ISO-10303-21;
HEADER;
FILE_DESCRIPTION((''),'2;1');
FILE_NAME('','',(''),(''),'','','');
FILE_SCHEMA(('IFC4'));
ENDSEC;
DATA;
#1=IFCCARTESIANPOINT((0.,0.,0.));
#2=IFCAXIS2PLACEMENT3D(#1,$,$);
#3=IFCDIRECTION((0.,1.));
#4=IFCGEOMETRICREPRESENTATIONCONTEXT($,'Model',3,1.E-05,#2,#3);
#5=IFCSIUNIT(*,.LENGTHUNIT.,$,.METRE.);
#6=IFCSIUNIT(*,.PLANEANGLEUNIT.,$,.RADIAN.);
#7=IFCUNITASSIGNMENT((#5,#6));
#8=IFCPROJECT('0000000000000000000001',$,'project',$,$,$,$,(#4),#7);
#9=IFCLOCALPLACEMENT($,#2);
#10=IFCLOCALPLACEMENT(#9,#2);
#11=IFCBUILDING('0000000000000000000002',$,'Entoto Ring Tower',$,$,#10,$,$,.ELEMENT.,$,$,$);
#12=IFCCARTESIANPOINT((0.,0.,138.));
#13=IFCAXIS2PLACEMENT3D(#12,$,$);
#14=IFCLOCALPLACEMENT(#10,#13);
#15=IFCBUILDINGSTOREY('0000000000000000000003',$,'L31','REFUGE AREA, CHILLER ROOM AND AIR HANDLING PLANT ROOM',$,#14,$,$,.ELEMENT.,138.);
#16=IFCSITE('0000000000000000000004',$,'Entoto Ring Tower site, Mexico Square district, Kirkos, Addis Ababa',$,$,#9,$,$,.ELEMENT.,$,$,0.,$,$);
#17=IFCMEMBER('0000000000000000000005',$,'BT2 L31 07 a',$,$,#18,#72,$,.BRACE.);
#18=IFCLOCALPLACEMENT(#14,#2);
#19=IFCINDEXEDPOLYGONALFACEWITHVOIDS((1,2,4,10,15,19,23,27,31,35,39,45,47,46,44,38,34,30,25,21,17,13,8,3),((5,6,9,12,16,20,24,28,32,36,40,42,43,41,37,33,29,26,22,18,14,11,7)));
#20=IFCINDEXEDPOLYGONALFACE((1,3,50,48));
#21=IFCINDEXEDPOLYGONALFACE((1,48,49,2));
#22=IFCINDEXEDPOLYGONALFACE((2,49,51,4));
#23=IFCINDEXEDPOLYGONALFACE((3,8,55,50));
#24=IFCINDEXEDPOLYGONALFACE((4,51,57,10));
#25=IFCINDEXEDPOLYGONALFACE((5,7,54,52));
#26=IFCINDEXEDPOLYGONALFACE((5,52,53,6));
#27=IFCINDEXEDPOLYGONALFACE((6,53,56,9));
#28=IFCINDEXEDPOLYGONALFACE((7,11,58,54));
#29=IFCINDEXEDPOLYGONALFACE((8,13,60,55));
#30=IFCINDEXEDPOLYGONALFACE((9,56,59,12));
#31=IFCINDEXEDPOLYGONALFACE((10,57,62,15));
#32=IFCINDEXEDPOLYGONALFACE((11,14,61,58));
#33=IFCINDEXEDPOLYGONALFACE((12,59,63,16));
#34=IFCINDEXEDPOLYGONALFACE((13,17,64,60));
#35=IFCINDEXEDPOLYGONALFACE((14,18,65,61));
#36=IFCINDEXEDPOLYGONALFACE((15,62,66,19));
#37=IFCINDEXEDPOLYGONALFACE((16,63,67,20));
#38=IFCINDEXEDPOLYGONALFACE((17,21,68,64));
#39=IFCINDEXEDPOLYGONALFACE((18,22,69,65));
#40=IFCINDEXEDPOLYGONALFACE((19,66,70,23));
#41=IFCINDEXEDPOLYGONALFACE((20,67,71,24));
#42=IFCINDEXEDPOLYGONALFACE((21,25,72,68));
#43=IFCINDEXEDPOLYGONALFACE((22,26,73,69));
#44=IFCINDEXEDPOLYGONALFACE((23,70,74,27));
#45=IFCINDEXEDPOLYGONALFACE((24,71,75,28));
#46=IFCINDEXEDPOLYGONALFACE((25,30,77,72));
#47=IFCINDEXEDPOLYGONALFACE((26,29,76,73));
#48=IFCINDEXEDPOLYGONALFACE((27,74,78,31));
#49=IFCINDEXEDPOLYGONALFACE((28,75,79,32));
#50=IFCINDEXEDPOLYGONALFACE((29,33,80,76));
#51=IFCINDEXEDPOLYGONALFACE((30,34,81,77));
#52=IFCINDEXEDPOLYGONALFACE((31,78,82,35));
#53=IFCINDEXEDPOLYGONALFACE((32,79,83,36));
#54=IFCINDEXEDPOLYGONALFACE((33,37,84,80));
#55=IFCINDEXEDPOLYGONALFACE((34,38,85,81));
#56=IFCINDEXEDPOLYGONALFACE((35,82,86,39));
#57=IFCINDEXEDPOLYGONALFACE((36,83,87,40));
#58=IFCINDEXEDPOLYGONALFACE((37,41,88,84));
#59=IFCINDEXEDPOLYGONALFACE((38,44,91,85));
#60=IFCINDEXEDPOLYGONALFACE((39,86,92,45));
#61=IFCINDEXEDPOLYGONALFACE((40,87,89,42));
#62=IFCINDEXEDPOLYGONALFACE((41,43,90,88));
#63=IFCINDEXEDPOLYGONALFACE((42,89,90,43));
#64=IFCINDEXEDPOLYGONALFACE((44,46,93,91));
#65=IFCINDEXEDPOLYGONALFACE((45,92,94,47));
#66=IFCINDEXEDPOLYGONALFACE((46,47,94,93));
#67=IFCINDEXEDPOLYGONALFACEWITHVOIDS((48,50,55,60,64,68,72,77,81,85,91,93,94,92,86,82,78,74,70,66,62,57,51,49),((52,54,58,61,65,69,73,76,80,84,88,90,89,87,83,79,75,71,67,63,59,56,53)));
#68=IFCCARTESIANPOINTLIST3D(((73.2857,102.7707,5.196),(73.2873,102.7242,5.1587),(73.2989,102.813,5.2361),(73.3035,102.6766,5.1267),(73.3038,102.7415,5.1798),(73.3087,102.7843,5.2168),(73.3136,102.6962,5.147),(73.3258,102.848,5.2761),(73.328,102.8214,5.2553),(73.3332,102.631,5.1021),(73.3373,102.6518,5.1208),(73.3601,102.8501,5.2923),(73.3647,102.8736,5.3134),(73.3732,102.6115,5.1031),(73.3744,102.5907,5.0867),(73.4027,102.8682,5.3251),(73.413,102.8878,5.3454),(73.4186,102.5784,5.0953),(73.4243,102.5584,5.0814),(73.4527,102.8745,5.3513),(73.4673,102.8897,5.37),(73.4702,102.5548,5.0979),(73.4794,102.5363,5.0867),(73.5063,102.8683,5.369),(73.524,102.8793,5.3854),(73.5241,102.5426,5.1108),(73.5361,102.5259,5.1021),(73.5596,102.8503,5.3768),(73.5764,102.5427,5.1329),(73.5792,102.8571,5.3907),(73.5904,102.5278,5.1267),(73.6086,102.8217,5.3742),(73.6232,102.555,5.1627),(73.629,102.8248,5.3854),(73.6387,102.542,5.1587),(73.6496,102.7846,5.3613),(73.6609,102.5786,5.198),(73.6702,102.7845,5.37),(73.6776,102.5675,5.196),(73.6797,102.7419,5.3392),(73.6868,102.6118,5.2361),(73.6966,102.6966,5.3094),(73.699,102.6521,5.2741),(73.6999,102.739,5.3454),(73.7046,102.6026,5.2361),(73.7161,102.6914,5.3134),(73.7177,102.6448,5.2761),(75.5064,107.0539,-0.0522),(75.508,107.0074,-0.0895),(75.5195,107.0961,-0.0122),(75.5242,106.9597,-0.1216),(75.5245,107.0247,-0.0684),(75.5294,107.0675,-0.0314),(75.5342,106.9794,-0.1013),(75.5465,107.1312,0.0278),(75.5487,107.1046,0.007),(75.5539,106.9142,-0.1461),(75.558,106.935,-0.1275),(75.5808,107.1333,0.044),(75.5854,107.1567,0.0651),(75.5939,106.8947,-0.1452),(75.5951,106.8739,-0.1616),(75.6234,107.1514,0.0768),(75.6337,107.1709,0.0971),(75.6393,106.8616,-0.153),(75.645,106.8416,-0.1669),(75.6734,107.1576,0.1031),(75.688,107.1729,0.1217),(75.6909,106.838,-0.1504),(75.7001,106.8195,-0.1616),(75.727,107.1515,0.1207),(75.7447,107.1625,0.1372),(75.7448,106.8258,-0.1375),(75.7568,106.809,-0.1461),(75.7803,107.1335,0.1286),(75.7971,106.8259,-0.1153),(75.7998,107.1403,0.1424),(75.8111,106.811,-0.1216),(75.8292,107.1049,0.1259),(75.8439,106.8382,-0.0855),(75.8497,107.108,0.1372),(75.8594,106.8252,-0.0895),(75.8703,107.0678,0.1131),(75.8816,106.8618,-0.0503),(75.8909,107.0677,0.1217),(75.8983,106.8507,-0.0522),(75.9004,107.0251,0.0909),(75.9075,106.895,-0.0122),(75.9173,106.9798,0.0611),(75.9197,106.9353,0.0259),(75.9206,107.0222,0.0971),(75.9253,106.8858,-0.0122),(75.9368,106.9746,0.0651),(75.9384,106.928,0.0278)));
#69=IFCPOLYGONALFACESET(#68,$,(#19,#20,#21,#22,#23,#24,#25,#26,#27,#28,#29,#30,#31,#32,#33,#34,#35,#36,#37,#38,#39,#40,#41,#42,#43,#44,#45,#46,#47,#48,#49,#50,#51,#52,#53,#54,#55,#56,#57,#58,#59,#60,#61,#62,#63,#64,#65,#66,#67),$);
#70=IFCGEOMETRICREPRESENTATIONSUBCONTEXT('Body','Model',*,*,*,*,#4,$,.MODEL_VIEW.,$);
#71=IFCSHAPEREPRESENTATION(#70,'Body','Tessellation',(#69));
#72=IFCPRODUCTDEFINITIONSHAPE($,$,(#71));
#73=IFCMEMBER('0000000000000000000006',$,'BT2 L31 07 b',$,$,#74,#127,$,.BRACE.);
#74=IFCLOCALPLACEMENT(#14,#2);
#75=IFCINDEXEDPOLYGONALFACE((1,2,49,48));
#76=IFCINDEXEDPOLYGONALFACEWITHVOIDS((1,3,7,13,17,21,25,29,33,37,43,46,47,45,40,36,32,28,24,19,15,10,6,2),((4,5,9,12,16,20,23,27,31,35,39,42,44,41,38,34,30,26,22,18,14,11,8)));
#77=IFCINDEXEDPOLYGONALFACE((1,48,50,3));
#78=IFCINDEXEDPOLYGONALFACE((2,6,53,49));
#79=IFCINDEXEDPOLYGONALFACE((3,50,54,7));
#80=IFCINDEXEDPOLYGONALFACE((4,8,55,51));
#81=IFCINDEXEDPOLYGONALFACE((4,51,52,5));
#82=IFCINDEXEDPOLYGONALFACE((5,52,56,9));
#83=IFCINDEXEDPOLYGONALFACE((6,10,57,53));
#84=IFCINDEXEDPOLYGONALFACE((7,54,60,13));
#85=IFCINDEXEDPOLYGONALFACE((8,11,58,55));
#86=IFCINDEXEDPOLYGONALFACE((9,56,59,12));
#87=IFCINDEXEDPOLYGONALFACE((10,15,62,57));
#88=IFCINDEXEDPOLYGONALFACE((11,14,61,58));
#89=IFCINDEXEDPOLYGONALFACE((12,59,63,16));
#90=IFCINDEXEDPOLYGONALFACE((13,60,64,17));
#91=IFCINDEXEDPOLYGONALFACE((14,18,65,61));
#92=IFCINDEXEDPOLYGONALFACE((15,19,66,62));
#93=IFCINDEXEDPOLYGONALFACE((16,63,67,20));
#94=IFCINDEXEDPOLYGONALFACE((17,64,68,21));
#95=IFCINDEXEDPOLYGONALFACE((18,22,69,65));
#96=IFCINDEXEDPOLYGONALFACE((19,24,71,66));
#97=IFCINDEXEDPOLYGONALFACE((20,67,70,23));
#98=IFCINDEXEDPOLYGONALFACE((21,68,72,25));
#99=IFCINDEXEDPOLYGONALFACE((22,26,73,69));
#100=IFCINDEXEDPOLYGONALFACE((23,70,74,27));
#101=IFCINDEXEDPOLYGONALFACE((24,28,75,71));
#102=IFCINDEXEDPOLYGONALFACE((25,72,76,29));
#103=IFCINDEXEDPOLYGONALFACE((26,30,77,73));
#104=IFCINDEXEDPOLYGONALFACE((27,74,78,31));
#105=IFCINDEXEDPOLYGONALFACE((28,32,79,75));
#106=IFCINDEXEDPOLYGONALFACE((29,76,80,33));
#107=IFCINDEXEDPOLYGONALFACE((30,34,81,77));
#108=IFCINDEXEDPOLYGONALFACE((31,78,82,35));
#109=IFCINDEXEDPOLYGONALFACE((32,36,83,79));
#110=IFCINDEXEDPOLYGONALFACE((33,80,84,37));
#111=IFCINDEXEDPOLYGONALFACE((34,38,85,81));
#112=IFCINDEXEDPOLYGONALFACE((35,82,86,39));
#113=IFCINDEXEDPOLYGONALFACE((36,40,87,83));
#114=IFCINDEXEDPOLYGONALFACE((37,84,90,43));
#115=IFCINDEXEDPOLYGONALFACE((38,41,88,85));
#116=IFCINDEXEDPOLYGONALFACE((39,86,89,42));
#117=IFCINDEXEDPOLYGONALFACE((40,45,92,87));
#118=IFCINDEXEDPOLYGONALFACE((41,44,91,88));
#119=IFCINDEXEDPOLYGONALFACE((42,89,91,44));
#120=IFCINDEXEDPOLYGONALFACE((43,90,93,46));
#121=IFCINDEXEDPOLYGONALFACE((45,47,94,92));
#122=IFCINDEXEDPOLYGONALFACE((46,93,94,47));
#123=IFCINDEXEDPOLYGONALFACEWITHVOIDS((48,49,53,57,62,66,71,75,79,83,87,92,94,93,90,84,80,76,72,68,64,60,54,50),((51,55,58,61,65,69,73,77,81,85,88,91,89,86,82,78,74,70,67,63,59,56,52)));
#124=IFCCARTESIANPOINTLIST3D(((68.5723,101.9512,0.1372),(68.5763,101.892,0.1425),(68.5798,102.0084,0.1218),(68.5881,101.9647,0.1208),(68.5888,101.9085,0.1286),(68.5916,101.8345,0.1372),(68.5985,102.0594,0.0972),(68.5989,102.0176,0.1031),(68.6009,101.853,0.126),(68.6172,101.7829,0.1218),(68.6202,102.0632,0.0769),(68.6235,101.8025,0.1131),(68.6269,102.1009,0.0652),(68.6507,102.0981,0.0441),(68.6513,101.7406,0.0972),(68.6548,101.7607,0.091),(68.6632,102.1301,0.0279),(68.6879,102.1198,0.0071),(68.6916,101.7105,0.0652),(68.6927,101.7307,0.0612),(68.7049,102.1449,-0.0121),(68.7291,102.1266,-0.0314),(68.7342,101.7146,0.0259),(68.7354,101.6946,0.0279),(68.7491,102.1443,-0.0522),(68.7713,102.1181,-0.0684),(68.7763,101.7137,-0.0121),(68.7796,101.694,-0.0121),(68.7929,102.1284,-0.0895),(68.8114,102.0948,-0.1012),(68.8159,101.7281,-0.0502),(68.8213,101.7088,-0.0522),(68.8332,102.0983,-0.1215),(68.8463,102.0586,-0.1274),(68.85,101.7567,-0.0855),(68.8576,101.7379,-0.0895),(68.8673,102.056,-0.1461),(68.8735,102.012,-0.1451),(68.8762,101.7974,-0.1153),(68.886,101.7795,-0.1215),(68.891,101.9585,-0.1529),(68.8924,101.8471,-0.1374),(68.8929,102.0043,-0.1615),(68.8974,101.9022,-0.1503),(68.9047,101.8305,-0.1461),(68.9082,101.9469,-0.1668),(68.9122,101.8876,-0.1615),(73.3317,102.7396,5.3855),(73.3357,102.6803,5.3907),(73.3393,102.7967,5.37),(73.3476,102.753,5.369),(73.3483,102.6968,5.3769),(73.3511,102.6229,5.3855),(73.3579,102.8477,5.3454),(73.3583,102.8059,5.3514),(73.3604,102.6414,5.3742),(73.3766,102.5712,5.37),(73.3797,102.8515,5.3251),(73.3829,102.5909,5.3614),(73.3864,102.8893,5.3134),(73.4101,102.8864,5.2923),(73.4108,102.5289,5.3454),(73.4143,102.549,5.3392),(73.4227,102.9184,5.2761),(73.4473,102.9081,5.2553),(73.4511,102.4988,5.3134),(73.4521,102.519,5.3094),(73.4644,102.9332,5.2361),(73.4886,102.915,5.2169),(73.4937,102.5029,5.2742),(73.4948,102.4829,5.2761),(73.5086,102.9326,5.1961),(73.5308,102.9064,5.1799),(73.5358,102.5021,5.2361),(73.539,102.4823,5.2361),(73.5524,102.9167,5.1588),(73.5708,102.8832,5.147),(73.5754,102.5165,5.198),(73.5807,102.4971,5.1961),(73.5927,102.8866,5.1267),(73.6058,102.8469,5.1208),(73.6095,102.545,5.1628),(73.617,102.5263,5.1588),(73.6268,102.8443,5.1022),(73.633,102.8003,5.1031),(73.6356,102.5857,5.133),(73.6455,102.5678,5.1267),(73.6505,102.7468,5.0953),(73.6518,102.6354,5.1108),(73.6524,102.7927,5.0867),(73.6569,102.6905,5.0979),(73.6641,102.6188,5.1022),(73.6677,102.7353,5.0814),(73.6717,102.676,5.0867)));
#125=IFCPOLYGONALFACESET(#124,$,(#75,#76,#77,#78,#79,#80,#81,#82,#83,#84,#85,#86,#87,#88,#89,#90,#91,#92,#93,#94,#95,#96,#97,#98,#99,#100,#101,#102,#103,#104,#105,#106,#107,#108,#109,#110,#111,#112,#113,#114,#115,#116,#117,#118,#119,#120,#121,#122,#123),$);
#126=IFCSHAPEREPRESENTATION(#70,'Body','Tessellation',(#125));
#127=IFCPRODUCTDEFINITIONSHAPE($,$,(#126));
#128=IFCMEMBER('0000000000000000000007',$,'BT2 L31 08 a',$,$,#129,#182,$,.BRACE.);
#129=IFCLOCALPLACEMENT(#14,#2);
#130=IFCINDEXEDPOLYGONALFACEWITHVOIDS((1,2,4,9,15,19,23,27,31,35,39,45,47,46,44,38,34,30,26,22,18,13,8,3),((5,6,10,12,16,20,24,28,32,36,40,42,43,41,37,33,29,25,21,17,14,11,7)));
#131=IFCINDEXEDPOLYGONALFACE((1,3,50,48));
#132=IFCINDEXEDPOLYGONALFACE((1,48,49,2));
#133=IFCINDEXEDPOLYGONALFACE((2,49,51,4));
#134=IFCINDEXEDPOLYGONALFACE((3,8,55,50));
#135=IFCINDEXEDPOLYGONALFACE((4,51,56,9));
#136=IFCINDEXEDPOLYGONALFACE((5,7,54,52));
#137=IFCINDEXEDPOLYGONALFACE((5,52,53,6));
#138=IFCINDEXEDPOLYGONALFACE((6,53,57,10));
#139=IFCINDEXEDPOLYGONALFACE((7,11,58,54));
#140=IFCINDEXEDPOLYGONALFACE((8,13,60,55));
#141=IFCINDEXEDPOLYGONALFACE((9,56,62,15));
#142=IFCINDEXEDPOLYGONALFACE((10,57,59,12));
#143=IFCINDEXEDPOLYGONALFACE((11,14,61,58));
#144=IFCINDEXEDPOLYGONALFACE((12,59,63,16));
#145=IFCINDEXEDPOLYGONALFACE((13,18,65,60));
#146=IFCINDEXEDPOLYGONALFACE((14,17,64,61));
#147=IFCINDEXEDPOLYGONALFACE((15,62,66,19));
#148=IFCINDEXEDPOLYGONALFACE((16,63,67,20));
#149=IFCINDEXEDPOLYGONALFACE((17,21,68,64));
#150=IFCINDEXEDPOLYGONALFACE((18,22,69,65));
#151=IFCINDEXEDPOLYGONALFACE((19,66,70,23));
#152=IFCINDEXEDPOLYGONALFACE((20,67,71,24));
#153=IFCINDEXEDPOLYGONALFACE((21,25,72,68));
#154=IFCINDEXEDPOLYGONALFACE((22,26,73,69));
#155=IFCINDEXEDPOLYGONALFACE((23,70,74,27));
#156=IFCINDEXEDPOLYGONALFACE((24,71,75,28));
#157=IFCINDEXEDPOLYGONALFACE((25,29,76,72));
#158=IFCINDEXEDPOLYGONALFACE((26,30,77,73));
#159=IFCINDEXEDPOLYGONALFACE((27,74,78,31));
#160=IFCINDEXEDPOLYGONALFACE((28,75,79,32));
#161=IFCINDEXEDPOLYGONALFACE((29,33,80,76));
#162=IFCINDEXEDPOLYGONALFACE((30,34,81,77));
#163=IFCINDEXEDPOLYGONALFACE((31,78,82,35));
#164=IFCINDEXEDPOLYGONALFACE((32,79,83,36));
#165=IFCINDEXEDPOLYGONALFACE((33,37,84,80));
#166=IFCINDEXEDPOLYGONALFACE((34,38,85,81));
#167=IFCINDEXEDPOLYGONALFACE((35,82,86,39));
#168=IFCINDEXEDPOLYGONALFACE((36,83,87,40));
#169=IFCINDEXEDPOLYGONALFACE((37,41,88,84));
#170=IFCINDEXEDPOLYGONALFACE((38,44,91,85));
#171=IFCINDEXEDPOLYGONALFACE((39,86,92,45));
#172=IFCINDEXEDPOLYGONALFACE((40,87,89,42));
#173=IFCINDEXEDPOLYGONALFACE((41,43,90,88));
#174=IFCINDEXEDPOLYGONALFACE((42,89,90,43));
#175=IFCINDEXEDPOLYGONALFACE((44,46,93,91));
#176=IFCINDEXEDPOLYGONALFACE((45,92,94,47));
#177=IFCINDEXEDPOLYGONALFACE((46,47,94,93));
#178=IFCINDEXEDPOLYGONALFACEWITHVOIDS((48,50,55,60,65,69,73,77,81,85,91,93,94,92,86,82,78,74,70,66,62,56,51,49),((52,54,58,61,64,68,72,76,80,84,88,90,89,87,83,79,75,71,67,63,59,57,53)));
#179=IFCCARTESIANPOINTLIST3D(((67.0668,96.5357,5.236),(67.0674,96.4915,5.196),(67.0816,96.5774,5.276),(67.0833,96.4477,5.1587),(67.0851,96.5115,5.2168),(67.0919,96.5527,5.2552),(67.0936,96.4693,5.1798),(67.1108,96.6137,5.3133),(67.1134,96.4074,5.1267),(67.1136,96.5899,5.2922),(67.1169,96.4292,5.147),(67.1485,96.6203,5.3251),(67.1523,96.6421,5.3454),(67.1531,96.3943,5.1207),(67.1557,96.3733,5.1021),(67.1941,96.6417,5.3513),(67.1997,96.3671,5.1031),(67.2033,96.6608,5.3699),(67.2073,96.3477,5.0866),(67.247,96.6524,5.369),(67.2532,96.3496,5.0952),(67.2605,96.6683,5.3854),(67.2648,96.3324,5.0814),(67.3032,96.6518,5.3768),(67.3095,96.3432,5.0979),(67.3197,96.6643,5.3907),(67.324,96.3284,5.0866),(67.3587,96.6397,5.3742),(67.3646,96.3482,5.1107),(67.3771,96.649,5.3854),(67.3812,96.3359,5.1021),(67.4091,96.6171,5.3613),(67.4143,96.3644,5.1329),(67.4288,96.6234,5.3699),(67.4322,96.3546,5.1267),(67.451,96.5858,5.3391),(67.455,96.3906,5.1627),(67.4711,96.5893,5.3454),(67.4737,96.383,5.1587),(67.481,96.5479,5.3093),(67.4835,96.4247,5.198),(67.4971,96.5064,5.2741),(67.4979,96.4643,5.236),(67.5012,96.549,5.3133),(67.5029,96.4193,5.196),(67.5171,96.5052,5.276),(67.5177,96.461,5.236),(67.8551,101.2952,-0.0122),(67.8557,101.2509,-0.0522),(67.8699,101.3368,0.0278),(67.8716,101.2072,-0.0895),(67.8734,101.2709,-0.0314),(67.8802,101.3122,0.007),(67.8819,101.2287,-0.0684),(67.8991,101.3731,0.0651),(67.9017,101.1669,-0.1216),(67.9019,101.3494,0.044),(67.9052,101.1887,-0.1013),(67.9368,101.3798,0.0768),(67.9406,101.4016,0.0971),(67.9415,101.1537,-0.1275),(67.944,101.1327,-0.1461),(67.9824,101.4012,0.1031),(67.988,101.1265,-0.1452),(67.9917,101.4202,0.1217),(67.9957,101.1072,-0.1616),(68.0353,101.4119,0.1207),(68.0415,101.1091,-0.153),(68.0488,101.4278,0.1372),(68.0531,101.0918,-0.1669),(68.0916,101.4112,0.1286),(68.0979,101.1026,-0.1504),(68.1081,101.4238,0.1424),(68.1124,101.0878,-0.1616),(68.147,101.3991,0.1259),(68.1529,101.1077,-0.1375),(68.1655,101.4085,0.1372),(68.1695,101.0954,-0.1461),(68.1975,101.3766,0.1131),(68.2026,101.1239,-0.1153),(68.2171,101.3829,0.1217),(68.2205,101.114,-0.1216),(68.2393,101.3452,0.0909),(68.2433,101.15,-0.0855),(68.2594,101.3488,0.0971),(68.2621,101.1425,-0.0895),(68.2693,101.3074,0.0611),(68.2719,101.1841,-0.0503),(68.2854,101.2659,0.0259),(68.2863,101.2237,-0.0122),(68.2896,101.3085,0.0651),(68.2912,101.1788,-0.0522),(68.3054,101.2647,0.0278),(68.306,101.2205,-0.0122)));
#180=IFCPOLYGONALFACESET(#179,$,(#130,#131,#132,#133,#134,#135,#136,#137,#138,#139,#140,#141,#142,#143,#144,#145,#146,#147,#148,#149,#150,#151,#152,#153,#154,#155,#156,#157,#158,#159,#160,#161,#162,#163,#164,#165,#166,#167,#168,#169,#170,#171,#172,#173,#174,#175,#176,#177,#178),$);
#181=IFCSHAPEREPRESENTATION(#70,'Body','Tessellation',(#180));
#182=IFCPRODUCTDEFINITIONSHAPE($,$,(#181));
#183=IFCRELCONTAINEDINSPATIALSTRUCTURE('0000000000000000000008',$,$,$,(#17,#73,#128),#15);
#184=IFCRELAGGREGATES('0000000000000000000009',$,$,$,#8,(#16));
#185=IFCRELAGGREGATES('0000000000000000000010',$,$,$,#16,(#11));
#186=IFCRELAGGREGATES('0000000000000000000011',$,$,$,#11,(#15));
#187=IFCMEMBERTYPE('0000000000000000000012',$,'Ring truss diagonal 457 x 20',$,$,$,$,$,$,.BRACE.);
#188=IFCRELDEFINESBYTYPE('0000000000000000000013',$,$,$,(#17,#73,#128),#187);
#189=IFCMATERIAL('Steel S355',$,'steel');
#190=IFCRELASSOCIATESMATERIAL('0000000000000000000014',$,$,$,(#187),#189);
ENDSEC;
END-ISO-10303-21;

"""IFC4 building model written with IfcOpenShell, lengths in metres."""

from ifc_helpers import new_model, si_unit, direction, frame, origin, origin_2d, place, context, subcontext, project, spatial, circle, hollow_circle, extrude, material, material_profile, profile_set, type_object, element, save


model = new_model("IFC4")

# Units and contexts
model_context = context("Model", 3, precision=1e-05, world=origin(), true_north=direction((0.0, 1.0)))
body_context = subcontext(model_context, "Body", "Model", "MODEL_VIEW")
ifc_project = project(units=[si_unit("LENGTHUNIT", "METRE"), si_unit("PLANEANGLEUNIT", "RADIAN")], contexts=[model_context])

# Site, building, storey
site_placement = place(None, origin())
site = spatial("IfcSite", under=ifc_project, at=site_placement, Name="Entoto Ring Tower site, Mexico Square district, Kirkos, Addis Ababa", CompositionType="ELEMENT", RefElevation=0.0)
building_placement = place(site_placement, origin())
building = spatial("IfcBuilding", under=site, at=building_placement, Name="Entoto Ring Tower", CompositionType="ELEMENT")
storey_placement = place(building_placement, frame((0.0, 0.0, 138.0)))
storey = spatial("IfcBuildingStorey", under=building, at=storey_placement, Name="L31", Description="REFUGE AREA, CHILLER ROOM AND AIR HANDLING PLANT ROOM", CompositionType="ELEMENT", Elevation=138.0)

# Members
ifc_material_1 = material(Name="Steel S355", Category="steel")
ifc_material_profile_1 = material_profile(ifc_material_1, hollow_circle(Radius=0.2285, WallThickness=0.02, at=origin_2d()), Name="CHS 457 x 20")
ifc_material_2 = material(Name="Concrete C60/75", Category="concrete")
ifc_material_profile_2 = material_profile(ifc_material_2, circle(Radius=0.2085, at=origin_2d()), Name="Concrete C60/75 infill")
ifc_profile_set_1 = profile_set([ifc_material_profile_1, ifc_material_profile_2], Name="Steel S355")
member_type_1 = type_object("IfcMemberType", Name="Ring truss diagonal 457 x 20", PredefinedType="BRACE", material=ifc_profile_set_1)
member_1_placement = place(storey_placement, frame((75.7224, 106.991, -0.0122), z_axis=(-0.311505, -0.600818, 0.736194), x_axis=(0.887773, -0.460282, 0.0)))
element("IfcMember", 1, at=member_1_placement, inside=storey, type_object=member_type_1, Name="BT2 L31 07 a", PredefinedType="BRACE", context=body_context, shape_type="SweptSolid", body=[
    extrude(hollow_circle(Radius=0.2285, WallThickness=0.02, at=origin_2d()), origin(), (0.0, 0.0, 1.0), 7.1289),
])
for number, where, z_axis, x_axis, name in (
    (2, (73.5017, 102.7078, 5.2361), (-0.667652, -0.110585, -0.736215), (0.163406, -0.986559, 0.0), "BT2 L31 07 b"),
    (3, (68.0806, 101.2578, -0.0122), (-0.110585, -0.667652, 0.736215), (0.986559, -0.163406, 0.0), "BT2 L31 08 a"),
):
    element("IfcMember", number, at=place(storey_placement, frame(where, z_axis=z_axis, x_axis=x_axis)), inside=storey, type_object=member_type_1, Name=name, PredefinedType="BRACE", context=body_context, shape_type="SweptSolid", body=[
        extrude(hollow_circle(Radius=0.2285, WallThickness=0.02, at=origin_2d()), origin(), (0.0, 0.0, 1.0), 7.1287),
    ])

save(model, "model.ifc")
